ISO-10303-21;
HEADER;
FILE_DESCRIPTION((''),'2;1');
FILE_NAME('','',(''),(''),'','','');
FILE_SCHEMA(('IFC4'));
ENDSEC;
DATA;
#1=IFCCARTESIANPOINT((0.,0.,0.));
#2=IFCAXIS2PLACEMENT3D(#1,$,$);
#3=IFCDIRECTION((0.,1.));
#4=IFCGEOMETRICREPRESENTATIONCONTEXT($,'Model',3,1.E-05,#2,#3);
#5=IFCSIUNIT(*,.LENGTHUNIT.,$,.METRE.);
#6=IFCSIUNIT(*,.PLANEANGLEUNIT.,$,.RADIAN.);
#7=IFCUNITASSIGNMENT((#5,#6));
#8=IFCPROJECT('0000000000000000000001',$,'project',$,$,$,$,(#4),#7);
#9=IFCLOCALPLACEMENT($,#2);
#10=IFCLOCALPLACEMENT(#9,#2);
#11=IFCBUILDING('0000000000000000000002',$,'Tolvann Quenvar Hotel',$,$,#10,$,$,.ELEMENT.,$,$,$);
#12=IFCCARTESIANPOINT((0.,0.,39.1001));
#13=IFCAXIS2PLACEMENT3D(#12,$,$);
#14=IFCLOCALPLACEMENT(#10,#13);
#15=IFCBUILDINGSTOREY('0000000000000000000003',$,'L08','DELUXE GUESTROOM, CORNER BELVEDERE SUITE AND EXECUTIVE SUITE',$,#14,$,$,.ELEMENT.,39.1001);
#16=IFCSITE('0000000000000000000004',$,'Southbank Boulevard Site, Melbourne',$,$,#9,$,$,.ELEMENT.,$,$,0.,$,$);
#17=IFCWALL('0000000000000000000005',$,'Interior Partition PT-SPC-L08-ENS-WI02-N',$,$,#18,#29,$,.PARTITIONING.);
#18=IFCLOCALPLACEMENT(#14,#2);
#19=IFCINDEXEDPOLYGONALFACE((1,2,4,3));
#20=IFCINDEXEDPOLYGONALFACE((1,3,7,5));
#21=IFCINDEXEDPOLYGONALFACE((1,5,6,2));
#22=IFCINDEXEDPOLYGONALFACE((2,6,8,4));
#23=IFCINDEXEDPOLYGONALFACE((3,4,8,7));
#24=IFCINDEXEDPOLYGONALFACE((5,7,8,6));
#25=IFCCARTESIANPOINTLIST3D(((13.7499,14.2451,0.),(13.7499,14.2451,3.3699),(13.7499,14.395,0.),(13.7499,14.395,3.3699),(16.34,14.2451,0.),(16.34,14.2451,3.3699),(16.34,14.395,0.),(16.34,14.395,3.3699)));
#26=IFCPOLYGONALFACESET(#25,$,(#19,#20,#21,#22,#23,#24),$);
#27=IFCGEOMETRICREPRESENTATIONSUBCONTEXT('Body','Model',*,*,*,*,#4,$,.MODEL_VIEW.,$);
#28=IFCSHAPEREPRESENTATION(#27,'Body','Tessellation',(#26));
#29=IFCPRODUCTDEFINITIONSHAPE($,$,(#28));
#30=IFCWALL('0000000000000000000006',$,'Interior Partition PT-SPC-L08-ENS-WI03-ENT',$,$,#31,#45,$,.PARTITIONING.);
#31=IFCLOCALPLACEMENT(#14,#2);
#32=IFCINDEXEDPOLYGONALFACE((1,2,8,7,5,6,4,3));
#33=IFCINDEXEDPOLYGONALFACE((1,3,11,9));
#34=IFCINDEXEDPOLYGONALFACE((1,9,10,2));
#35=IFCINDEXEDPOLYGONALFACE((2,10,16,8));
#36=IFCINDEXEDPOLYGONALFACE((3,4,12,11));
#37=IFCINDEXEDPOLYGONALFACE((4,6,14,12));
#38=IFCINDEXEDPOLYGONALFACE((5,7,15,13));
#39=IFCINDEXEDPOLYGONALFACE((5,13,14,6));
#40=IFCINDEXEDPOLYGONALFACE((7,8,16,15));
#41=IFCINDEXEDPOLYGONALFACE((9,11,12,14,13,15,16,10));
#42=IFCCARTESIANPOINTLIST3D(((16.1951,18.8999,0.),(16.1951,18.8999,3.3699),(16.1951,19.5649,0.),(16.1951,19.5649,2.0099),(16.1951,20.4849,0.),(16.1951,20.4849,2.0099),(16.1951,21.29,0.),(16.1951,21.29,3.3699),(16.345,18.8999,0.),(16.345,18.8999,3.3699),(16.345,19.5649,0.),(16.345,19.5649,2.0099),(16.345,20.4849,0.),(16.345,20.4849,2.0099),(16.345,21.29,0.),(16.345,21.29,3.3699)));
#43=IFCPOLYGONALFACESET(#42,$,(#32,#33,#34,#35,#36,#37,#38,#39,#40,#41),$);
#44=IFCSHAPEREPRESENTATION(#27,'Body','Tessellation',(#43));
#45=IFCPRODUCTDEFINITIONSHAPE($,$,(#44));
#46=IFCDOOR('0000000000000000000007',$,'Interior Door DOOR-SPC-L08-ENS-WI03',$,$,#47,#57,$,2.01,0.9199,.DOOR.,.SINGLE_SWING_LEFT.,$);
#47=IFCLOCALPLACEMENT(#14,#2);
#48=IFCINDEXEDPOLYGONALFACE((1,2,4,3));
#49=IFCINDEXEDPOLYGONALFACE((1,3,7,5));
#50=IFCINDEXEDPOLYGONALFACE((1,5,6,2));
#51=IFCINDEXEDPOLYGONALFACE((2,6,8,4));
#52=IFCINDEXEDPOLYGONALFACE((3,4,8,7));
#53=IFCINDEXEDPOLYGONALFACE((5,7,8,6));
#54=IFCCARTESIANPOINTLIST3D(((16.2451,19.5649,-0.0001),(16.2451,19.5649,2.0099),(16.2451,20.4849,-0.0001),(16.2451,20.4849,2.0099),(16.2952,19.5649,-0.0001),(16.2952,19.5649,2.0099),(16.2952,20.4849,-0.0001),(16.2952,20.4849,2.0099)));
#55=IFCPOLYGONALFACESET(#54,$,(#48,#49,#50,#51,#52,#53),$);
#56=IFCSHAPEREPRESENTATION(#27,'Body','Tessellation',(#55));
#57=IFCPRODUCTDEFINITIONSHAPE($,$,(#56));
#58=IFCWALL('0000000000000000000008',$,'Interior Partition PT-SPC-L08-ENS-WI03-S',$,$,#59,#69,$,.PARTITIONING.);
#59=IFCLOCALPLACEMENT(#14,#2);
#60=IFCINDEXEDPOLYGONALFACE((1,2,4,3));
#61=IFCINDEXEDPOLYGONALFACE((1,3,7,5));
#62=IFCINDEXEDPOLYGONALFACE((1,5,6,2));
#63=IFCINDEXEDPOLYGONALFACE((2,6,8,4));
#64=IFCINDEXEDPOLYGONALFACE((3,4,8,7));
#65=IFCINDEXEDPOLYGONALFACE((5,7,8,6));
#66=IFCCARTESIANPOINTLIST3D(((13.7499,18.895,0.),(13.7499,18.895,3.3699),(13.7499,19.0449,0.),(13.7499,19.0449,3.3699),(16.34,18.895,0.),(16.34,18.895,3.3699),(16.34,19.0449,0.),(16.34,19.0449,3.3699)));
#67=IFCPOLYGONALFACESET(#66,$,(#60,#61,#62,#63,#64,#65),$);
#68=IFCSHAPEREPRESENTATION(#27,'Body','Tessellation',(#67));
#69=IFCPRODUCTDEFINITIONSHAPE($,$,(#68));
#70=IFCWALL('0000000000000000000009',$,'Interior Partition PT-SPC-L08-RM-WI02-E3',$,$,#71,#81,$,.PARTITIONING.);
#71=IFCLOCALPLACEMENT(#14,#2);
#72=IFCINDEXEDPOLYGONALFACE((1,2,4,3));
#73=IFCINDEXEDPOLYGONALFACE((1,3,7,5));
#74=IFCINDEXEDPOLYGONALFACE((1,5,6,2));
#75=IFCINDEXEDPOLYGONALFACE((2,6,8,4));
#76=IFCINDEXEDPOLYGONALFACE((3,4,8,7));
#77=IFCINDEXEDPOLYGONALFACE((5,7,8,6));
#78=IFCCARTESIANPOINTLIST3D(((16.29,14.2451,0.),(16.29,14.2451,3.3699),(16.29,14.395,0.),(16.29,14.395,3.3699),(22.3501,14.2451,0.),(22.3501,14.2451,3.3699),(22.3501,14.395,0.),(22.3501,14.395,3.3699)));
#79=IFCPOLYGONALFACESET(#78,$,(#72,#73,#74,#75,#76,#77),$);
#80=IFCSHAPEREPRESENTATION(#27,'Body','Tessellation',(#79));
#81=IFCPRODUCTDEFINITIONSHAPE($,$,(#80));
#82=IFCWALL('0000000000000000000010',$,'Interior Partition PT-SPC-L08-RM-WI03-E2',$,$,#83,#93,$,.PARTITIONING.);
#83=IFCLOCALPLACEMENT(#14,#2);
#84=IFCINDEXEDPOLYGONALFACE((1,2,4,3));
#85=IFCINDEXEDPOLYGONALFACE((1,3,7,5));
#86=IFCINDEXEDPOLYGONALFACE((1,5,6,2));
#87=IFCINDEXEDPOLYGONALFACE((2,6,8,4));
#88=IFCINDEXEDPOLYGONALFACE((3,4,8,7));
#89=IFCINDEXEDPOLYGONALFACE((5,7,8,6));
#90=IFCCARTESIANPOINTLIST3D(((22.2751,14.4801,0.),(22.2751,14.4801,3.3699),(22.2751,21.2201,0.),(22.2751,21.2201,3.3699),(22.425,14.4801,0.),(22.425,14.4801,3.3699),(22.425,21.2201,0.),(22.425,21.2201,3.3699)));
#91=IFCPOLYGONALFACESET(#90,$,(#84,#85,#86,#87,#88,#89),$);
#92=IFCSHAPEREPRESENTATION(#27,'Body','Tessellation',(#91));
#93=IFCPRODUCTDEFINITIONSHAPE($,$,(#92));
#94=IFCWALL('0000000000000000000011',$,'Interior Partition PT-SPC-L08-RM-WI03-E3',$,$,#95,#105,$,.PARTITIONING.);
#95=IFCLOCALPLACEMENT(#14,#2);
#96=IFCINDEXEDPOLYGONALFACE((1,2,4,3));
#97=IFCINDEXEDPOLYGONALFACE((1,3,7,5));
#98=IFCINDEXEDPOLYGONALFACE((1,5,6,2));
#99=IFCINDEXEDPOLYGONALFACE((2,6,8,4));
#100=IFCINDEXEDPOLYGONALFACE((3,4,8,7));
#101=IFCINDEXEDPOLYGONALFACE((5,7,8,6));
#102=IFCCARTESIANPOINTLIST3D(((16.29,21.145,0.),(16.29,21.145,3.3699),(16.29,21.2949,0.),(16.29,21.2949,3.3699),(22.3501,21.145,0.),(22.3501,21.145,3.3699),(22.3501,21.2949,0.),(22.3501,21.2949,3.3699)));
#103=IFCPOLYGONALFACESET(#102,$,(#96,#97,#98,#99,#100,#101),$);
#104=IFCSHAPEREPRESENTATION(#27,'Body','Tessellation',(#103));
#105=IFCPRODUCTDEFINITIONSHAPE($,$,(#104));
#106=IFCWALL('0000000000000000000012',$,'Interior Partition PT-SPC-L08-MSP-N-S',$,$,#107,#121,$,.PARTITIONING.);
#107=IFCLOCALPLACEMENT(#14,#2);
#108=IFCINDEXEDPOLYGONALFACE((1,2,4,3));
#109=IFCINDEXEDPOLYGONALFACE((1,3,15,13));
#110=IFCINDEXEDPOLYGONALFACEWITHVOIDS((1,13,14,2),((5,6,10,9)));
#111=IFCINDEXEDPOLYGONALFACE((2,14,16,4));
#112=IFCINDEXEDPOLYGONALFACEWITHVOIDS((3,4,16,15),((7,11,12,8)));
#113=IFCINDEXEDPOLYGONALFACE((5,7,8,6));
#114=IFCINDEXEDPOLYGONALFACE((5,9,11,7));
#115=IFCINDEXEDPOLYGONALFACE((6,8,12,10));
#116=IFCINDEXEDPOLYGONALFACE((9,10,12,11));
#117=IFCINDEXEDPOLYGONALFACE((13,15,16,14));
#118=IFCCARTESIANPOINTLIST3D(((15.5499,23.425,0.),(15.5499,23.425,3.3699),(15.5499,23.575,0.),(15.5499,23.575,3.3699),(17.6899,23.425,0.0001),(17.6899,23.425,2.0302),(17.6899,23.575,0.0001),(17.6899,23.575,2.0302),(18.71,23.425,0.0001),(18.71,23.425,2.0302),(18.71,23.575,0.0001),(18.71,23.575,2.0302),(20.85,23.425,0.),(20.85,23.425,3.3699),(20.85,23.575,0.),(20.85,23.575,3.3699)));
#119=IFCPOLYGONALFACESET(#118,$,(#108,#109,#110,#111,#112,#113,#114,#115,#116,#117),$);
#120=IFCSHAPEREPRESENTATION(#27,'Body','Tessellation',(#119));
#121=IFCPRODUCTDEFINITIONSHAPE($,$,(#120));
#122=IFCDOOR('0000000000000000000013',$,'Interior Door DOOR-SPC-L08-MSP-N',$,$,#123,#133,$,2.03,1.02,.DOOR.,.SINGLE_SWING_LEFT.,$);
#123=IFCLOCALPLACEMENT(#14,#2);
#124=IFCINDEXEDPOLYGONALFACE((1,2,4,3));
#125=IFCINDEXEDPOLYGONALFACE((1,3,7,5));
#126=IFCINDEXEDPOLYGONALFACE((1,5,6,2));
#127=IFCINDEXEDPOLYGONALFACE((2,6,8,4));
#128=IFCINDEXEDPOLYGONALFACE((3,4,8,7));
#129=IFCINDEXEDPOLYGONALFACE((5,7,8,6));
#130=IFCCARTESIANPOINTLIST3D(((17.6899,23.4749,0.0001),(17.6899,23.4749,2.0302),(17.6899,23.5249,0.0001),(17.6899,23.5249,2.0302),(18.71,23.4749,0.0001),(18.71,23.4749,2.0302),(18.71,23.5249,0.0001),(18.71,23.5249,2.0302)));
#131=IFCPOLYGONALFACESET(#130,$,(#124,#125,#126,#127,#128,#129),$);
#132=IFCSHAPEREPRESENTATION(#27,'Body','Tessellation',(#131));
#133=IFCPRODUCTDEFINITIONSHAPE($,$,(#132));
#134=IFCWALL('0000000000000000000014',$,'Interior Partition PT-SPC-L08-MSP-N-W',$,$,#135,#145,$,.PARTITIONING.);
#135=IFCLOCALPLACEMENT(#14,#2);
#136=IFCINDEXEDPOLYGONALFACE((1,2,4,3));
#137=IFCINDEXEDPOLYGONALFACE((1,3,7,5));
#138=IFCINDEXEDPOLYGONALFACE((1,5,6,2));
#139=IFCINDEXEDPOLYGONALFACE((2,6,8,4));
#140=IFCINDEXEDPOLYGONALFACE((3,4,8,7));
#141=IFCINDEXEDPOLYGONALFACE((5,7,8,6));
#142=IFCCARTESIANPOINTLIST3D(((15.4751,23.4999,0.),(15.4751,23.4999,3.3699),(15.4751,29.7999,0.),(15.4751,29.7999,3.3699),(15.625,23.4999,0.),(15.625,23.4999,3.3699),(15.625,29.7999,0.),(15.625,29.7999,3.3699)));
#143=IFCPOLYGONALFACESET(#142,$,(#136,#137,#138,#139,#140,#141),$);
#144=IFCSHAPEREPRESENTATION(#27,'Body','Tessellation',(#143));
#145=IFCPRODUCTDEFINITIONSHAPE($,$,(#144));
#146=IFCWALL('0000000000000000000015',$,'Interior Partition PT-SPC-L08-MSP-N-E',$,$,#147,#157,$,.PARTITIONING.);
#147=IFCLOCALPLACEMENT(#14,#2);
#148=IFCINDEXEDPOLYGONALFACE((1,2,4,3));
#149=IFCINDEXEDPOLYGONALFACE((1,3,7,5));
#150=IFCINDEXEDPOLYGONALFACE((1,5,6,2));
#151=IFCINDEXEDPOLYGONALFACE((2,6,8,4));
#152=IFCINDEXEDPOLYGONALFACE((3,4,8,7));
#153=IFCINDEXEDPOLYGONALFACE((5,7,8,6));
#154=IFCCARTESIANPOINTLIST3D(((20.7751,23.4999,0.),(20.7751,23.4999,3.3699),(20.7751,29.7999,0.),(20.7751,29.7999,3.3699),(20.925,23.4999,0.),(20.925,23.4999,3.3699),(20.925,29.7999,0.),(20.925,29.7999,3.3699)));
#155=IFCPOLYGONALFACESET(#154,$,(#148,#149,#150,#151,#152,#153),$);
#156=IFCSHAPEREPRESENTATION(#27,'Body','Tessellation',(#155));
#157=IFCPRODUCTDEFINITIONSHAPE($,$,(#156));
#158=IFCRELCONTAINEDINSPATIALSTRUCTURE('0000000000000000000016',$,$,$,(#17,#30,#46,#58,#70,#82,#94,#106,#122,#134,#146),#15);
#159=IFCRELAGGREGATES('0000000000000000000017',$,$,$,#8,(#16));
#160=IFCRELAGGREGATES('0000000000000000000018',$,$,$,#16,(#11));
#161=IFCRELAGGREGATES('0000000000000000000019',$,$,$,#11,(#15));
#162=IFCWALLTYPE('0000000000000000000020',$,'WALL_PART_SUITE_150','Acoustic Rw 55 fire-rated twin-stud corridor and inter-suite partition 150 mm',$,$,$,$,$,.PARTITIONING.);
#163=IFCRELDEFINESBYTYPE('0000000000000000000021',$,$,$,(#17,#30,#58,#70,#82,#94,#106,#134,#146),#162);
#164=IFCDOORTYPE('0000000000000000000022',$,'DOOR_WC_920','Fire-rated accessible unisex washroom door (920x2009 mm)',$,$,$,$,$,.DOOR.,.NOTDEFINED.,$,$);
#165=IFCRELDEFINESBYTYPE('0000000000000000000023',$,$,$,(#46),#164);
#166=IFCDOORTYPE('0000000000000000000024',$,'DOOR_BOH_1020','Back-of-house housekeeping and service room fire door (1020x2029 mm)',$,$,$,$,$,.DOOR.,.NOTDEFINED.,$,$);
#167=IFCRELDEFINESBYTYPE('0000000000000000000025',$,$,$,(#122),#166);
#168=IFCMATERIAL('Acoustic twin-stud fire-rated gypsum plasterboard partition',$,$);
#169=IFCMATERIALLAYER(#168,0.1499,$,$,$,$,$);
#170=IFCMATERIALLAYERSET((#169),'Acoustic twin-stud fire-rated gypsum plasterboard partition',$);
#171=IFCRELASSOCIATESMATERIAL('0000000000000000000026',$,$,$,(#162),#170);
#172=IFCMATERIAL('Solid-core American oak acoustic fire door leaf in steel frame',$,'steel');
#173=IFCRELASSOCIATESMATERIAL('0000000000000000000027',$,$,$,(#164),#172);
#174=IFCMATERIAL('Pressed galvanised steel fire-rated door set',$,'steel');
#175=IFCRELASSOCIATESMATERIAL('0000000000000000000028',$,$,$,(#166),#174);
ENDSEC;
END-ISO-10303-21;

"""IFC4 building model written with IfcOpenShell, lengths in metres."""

from ifc_helpers import new_model, si_unit, direction, frame, frame_2d, origin, place, context, subcontext, project, spatial, rectangle, extrude, source, transform, mapped, material, layer, layer_set, type_object, type_shapes, element, fill, save


model = new_model("IFC4")

# Units and contexts
model_context = context("Model", 3, precision=1e-05, world=origin(), true_north=direction((0.0, 1.0)))
body_context = subcontext(model_context, "Body", "Model", "MODEL_VIEW")
ifc_project = project(units=[si_unit("LENGTHUNIT", "METRE"), si_unit("PLANEANGLEUNIT", "RADIAN")], contexts=[model_context])

# Site, building, storey
site_placement = place(None, origin())
site = spatial("IfcSite", under=ifc_project, at=site_placement, Name="Southbank Boulevard Site, Melbourne", CompositionType="ELEMENT", RefElevation=0.0)
building_placement = place(site_placement, origin())
building = spatial("IfcBuilding", under=site, at=building_placement, Name="Tolvann Quenvar Hotel", CompositionType="ELEMENT")
storey_placement = place(building_placement, frame((0.0, 0.0, 39.1001)))
storey = spatial("IfcBuildingStorey", under=building, at=storey_placement, Name="L08", Description="DELUXE GUESTROOM, CORNER BELVEDERE SUITE AND EXECUTIVE SUITE", CompositionType="ELEMENT", Elevation=39.1001)

# Wall
ifc_material_1 = material(Name="Acoustic twin-stud fire-rated gypsum plasterboard partition")
ifc_layer_1 = layer(ifc_material_1, 0.1499)
ifc_layer_set_1 = layer_set([ifc_layer_1], Name="Acoustic twin-stud fire-rated gypsum plasterboard partition")
wall_type_1 = type_object("IfcWallType", Name="WALL_PART_SUITE_150", Description="Acoustic Rw 55 fire-rated twin-stud corridor and inter-suite partition 150 mm", PredefinedType="PARTITIONING", material=ifc_layer_set_1)
wall_1_placement = place(storey_placement, frame((13.75, 14.3201, 0.0), z_axis=(0.0, 0.0, 1.0), x_axis=(1.0, 0.0, 0.0)))
element("IfcWall", 1, at=wall_1_placement, inside=storey, type_object=wall_type_1, Name="Interior Partition PT-SPC-L08-ENS-WI02-N", PredefinedType="PARTITIONING", context=body_context, shape_type="SweptSolid", body=[
    extrude(rectangle(XDim=2.5901, YDim=0.1499, at=frame_2d((1.2949, 0.0))), origin(), (0.0, 0.0, 1.0), 3.3699),
])

# Wall, opening, door
wall_2_placement = place(storey_placement, frame((16.27, 18.8999, 0.0), z_axis=(0.0, 0.0, 1.0), x_axis=(0.0, 1.0, 0.0)))
wall_2 = element("IfcWall", 2, at=wall_2_placement, inside=storey, type_object=wall_type_1, Name="Interior Partition PT-SPC-L08-ENS-WI03-ENT", PredefinedType="PARTITIONING", context=body_context, shape_type="SweptSolid", body=[
    extrude(rectangle(XDim=2.3901, YDim=0.1499, at=frame_2d((1.1951, 0.0))), origin(), (0.0, 0.0, 1.0), 3.3699),
])
opening_1_placement = place(wall_2_placement, frame((0.665, 0.0, 0.0)))
opening_1 = element("IfcOpeningElement", 3, at=opening_1_placement, cuts=wall_2, PredefinedType="OPENING", context=body_context, shape_type="SweptSolid", body=[
    extrude(rectangle(XDim=0.9199, YDim=2.01, at=frame_2d((0.46, 1.0049))), frame((0.0, 0.085, 0.0), z_axis=(0.0, -1.0, 0.0), x_axis=(1.0, 0.0, 0.0)), (0.0, 0.0, 1.0), 0.1699),
])
ifc_material_2 = material(Name="Solid-core American oak acoustic fire door leaf in steel frame", Category="steel")
door_type_1 = type_object("IfcDoorType", Name="DOOR_WC_920", Description="Fire-rated accessible unisex washroom door (920x2009 mm)", OperationType="NOTDEFINED", PredefinedType="DOOR", material=ifc_material_2)
shared_shape_1 = source(origin(), body_context, "Body", "SweptSolid", [
    extrude(rectangle(XDim=0.9199, YDim=2.01, at=frame_2d((0.46, 1.0049))), frame((0.0, 0.0249, 0.0), z_axis=(0.0, -1.0, 0.0), x_axis=(1.0, 0.0, 0.0)), (0.0, 0.0, 1.0), 0.05),
])
type_shapes(door_type_1, [shared_shape_1])
door_1_placement = place(opening_1_placement, origin())
door_1 = element("IfcDoor", 4, at=door_1_placement, inside=storey, type_object=door_type_1, Name="Interior Door DOOR-SPC-L08-ENS-WI03", OperationType="SINGLE_SWING_LEFT", OverallHeight=2.01, OverallWidth=0.9199, PredefinedType="DOOR", context=body_context, shape_type="MappedRepresentation", body=[
    mapped(shared_shape_1, transform((0.0, 0.0, 0.0), x_axis=(1.0, 0.0, 0.0), y_axis=(0.0, 1.0, 0.0), z_axis=(0.0, 0.0, 1.0), scale=1.0)),
])
fill(opening_1, door_1)

# Walls
wall_3_placement = place(storey_placement, frame((13.75, 18.97, 0.0), z_axis=(0.0, 0.0, 1.0), x_axis=(1.0, 0.0, 0.0)))
element("IfcWall", 5, at=wall_3_placement, inside=storey, type_object=wall_type_1, Name="Interior Partition PT-SPC-L08-ENS-WI03-S", PredefinedType="PARTITIONING", context=body_context, shape_type="SweptSolid", body=[
    extrude(rectangle(XDim=2.5901, YDim=0.1499, at=frame_2d((1.2949, 0.0))), origin(), (0.0, 0.0, 1.0), 3.3699),
])
wall_4_placement = place(storey_placement, frame((16.29, 14.3201, 0.0), z_axis=(0.0, 0.0, 1.0), x_axis=(1.0, 0.0, 0.0)))
element("IfcWall", 6, at=wall_4_placement, inside=storey, type_object=wall_type_1, Name="Interior Partition PT-SPC-L08-RM-WI02-E3", PredefinedType="PARTITIONING", context=body_context, shape_type="SweptSolid", body=[
    extrude(rectangle(XDim=6.0601, YDim=0.1499, at=frame_2d((3.03, 0.0))), origin(), (0.0, 0.0, 1.0), 3.3699),
])

# Walls
wall_5_placement = place(storey_placement, frame((22.3501, 14.48, 0.0), z_axis=(0.0, 0.0, 1.0), x_axis=(0.0, 1.0, 0.0)))
element("IfcWall", 7, at=wall_5_placement, inside=storey, type_object=wall_type_1, Name="Interior Partition PT-SPC-L08-RM-WI03-E2", PredefinedType="PARTITIONING", context=body_context, shape_type="SweptSolid", body=[
    extrude(rectangle(XDim=6.74, YDim=0.1499, at=frame_2d((3.3701, 0.0))), origin(), (0.0, 0.0, 1.0), 3.3699),
])
wall_6_placement = place(storey_placement, frame((16.29, 21.22, 0.0), z_axis=(0.0, 0.0, 1.0), x_axis=(1.0, 0.0, 0.0)))
element("IfcWall", 8, at=wall_6_placement, inside=storey, type_object=wall_type_1, Name="Interior Partition PT-SPC-L08-RM-WI03-E3", PredefinedType="PARTITIONING", context=body_context, shape_type="SweptSolid", body=[
    extrude(rectangle(XDim=6.0601, YDim=0.1499, at=frame_2d((3.03, 0.0))), origin(), (0.0, 0.0, 1.0), 3.3699),
])

# Wall, opening, door
wall_7_placement = place(storey_placement, frame((15.55, 23.5, 0.0), z_axis=(0.0, 0.0, 1.0), x_axis=(1.0, 0.0, 0.0)))
wall_7 = element("IfcWall", 9, at=wall_7_placement, inside=storey, type_object=wall_type_1, Name="Interior Partition PT-SPC-L08-MSP-N-S", PredefinedType="PARTITIONING", context=body_context, shape_type="SweptSolid", body=[
    extrude(rectangle(XDim=5.3, YDim=0.1499, at=frame_2d((2.6499, 0.0))), origin(), (0.0, 0.0, 1.0), 3.3699),
])
opening_2_placement = place(wall_7_placement, frame((2.1399, 0.0, 0.0)))
opening_2 = element("IfcOpeningElement", 10, at=opening_2_placement, cuts=wall_7, PredefinedType="OPENING", context=body_context, shape_type="SweptSolid", body=[
    extrude(rectangle(XDim=1.02, YDim=2.03, at=frame_2d((0.51, 1.0151))), frame((0.0, 0.085, 0.0), z_axis=(0.0, -1.0, 0.0), x_axis=(1.0, 0.0, 0.0)), (0.0, 0.0, 1.0), 0.1699),
])
ifc_material_3 = material(Name="Pressed galvanised steel fire-rated door set", Category="steel")
door_type_2 = type_object("IfcDoorType", Name="DOOR_BOH_1020", Description="Back-of-house housekeeping and service room fire door (1020x2029 mm)", OperationType="NOTDEFINED", PredefinedType="DOOR", material=ifc_material_3)
shared_shape_2 = source(origin(), body_context, "Body", "SweptSolid", [
    extrude(rectangle(XDim=1.02, YDim=2.03, at=frame_2d((0.51, 1.0151))), frame((0.0, 0.0249, 0.0), z_axis=(0.0, -1.0, 0.0), x_axis=(1.0, 0.0, 0.0)), (0.0, 0.0, 1.0), 0.05),
])
type_shapes(door_type_2, [shared_shape_2])
door_2_placement = place(opening_2_placement, origin())
door_2 = element("IfcDoor", 11, at=door_2_placement, inside=storey, type_object=door_type_2, Name="Interior Door DOOR-SPC-L08-MSP-N", OperationType="SINGLE_SWING_LEFT", OverallHeight=2.03, OverallWidth=1.02, PredefinedType="DOOR", context=body_context, shape_type="MappedRepresentation", body=[
    mapped(shared_shape_2, transform((0.0, 0.0, 0.0), x_axis=(1.0, 0.0, 0.0), y_axis=(0.0, 1.0, 0.0), z_axis=(0.0, 0.0, 1.0), scale=1.0)),
])
fill(opening_2, door_2)

# Walls
for number, where, z_axis, x_axis, name in (
    (12, (15.55, 23.5, 0.0), (0.0, 0.0, 1.0), (0.0, 1.0, 0.0), "Interior Partition PT-SPC-L08-MSP-N-W"),
    (13, (20.8501, 23.5, 0.0), (0.0, 0.0, 1.0), (0.0, 1.0, 0.0), "Interior Partition PT-SPC-L08-MSP-N-E"),
):
    element("IfcWall", number, at=place(storey_placement, frame(where, z_axis=z_axis, x_axis=x_axis)), inside=storey, type_object=wall_type_1, Name=name, PredefinedType="PARTITIONING", context=body_context, shape_type="SweptSolid", body=[
        extrude(rectangle(XDim=6.3, YDim=0.1499, at=frame_2d((3.1499, 0.0))), origin(), (0.0, 0.0, 1.0), 3.3699),
    ])

save(model, "model.ifc")
